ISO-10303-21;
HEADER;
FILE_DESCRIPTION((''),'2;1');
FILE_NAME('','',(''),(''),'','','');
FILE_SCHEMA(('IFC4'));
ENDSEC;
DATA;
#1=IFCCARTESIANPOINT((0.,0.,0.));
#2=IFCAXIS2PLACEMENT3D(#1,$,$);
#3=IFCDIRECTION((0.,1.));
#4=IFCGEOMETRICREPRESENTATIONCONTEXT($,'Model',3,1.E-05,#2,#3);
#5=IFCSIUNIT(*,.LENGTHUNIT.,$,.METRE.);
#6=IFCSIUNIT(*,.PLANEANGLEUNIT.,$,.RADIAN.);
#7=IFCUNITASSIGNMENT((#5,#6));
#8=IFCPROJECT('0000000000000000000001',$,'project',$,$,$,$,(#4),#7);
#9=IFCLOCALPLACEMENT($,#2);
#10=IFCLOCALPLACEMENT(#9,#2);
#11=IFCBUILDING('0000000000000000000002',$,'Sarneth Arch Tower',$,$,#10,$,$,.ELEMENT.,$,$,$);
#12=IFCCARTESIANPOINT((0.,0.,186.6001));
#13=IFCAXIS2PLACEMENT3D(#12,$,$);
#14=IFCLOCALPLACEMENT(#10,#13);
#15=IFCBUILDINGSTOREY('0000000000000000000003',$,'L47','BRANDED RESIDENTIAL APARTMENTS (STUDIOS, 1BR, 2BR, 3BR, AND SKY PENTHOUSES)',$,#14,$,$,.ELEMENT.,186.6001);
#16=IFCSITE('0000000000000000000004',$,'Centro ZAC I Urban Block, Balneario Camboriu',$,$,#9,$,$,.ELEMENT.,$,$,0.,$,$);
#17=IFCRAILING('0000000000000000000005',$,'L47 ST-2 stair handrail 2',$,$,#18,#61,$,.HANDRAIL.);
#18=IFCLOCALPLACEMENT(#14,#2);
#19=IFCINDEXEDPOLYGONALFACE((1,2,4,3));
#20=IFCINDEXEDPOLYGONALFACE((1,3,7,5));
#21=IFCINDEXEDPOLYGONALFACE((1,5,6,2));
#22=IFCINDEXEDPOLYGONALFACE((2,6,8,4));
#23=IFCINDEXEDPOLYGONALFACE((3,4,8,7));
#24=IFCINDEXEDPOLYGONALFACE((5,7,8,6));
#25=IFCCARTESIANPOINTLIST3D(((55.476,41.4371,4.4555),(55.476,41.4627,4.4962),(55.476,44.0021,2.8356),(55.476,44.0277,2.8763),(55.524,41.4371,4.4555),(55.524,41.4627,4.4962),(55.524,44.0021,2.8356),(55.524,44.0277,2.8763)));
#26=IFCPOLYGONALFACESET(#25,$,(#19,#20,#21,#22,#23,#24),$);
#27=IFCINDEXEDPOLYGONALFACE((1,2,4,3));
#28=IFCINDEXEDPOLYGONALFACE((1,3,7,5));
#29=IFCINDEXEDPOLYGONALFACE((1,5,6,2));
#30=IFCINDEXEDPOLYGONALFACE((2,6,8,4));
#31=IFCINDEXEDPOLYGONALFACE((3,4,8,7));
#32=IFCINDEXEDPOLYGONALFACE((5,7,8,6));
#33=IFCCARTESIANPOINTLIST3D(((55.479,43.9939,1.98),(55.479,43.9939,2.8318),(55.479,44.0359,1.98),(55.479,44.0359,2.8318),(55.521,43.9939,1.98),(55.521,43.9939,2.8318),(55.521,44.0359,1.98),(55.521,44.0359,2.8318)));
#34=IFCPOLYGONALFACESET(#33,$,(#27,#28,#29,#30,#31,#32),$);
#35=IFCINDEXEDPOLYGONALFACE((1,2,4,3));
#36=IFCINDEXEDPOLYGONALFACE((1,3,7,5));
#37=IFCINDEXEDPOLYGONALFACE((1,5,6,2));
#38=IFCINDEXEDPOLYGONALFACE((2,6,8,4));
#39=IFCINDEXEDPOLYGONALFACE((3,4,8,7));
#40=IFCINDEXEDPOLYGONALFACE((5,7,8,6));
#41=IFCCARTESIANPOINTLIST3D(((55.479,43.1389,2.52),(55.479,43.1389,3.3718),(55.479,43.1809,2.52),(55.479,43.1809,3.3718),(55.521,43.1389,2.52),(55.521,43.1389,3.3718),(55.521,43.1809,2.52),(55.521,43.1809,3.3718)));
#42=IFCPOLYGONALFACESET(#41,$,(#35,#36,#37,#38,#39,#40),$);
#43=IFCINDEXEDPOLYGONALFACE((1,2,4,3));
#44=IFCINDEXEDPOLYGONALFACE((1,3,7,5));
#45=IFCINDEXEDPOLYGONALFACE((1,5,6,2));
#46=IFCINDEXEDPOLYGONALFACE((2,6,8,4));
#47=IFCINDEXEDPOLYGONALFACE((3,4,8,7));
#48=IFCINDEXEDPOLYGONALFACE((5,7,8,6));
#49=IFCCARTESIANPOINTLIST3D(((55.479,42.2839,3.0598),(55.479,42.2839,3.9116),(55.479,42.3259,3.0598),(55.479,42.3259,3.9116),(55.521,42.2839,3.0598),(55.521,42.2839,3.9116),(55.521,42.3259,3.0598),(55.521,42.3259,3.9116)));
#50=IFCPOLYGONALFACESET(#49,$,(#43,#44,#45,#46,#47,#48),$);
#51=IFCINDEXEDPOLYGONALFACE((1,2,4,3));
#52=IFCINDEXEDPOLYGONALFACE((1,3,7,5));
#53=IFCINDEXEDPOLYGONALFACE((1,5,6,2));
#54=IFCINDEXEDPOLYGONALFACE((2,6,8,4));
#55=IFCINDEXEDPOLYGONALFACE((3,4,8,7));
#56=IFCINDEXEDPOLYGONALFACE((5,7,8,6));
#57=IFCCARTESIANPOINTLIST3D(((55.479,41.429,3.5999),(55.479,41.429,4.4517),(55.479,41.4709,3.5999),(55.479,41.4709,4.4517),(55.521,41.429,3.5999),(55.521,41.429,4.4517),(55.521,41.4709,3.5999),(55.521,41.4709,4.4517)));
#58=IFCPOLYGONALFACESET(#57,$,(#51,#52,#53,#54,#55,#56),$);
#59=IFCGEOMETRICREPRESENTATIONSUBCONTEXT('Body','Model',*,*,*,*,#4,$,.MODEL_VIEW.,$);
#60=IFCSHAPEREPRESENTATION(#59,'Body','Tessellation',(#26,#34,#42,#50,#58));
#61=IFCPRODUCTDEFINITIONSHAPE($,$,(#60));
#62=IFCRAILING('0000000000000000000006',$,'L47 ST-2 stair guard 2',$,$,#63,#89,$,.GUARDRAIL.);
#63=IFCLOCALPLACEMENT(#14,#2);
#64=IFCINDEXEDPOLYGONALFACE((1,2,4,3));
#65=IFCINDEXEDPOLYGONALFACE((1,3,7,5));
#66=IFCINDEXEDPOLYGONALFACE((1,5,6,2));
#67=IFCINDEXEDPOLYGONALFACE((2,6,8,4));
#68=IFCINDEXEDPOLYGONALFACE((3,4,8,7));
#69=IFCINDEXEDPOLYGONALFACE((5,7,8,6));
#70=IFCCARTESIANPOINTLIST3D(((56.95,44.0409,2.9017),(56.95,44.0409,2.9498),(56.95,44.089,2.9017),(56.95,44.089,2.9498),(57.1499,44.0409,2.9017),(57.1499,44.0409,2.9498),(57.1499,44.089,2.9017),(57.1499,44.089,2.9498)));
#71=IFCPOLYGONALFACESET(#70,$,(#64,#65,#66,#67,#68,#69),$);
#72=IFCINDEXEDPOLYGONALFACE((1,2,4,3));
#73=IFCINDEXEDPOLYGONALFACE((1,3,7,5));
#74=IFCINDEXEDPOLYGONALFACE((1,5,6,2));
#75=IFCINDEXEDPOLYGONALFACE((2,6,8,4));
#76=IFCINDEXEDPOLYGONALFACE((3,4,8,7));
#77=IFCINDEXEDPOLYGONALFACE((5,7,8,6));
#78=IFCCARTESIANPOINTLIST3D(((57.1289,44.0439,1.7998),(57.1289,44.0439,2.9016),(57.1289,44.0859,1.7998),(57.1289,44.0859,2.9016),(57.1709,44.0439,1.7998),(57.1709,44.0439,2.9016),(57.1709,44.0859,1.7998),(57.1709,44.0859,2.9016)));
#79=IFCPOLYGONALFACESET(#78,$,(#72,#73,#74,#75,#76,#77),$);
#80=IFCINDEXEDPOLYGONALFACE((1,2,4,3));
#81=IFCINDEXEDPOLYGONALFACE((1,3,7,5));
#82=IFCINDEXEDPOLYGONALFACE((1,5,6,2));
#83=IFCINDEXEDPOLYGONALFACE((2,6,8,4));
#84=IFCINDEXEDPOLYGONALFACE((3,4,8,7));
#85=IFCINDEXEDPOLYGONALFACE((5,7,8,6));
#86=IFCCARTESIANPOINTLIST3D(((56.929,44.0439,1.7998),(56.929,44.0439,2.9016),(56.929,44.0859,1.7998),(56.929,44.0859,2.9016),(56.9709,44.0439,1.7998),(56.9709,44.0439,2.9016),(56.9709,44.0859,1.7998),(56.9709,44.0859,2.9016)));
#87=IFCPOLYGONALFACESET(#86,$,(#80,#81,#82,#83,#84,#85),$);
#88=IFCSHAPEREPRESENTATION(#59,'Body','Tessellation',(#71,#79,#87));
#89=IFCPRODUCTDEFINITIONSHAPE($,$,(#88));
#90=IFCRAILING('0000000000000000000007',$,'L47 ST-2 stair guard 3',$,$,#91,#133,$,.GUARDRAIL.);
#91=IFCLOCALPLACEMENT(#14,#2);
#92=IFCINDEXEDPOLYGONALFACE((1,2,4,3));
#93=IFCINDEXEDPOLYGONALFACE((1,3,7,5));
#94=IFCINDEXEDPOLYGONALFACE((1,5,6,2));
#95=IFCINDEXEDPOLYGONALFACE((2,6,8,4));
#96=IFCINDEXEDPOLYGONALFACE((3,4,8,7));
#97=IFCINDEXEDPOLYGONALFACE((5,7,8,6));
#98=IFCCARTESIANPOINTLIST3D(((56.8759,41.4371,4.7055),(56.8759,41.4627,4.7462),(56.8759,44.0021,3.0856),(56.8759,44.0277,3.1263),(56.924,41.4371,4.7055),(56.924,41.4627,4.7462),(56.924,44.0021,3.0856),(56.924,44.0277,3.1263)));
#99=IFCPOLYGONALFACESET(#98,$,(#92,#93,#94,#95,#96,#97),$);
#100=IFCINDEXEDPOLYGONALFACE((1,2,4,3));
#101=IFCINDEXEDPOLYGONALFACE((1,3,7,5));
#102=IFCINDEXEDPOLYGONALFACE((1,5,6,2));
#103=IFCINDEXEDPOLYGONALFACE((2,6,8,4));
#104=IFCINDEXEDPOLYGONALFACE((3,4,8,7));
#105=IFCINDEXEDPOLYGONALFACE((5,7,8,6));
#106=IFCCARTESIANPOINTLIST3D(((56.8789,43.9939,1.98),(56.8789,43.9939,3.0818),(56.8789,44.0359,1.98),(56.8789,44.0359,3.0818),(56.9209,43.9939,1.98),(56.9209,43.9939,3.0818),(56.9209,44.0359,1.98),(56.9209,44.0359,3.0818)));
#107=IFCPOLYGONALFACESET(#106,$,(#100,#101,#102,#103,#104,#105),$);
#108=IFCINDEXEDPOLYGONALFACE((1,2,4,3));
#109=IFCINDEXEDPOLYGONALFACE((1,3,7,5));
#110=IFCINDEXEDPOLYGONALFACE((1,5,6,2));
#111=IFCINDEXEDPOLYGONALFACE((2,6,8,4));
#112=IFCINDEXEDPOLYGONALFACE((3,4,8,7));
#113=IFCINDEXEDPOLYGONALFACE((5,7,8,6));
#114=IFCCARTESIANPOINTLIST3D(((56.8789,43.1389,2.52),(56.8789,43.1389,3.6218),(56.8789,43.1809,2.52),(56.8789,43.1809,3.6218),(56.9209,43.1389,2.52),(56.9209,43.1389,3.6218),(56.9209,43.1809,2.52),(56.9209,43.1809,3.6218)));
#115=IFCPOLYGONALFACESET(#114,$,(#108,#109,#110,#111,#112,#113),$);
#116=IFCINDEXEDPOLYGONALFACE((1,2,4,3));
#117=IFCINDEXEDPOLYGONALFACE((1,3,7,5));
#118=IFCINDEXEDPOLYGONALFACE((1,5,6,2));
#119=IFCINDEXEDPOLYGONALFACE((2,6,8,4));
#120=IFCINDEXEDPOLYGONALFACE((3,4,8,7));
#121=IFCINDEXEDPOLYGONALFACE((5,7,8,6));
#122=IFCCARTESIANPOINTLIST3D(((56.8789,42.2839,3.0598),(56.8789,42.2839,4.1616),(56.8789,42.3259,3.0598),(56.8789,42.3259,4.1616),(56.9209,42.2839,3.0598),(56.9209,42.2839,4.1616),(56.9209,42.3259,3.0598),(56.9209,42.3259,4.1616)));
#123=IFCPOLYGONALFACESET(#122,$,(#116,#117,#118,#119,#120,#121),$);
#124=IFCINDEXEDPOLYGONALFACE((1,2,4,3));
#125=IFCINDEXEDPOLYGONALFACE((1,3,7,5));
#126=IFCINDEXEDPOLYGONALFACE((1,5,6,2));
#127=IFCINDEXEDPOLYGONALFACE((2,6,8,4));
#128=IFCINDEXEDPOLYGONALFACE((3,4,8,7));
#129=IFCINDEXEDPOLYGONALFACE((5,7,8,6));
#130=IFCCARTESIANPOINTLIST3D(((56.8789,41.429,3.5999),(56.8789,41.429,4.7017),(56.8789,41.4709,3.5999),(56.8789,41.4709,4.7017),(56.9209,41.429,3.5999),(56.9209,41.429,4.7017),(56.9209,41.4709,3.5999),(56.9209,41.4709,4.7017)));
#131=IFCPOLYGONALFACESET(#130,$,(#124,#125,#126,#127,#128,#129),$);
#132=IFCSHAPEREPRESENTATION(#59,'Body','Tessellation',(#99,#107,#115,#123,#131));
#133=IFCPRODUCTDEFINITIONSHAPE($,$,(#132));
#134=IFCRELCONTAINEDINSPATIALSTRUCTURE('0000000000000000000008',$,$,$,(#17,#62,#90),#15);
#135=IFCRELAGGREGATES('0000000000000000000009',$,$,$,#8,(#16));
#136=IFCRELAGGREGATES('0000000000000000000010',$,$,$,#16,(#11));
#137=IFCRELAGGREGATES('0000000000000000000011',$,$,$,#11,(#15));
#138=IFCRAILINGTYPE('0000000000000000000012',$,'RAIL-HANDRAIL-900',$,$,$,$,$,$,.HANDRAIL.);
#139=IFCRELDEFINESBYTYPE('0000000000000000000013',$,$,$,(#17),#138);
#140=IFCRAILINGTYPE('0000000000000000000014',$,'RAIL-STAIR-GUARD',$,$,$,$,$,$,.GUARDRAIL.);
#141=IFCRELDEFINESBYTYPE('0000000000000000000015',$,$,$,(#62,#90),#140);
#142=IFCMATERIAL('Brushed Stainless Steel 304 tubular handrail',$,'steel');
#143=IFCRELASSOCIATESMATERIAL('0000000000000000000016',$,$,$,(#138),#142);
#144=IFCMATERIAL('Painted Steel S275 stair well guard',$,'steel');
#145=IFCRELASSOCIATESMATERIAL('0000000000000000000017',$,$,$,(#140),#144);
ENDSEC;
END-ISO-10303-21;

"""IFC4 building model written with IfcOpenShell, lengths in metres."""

from ifc_helpers import new_model, si_unit, direction, frame, origin, origin_2d, place, context, subcontext, project, spatial, rectangle, extrude, material, type_object, element, save


model = new_model("IFC4")

# Units and contexts
model_context = context("Model", 3, precision=1e-05, world=origin(), true_north=direction((0.0, 1.0)))
body_context = subcontext(model_context, "Body", "Model", "MODEL_VIEW")
ifc_project = project(units=[si_unit("LENGTHUNIT", "METRE"), si_unit("PLANEANGLEUNIT", "RADIAN")], contexts=[model_context])

# Site, building, storey
site_placement = place(None, origin())
site = spatial("IfcSite", under=ifc_project, at=site_placement, Name="Centro ZAC I Urban Block, Balneario Camboriu", CompositionType="ELEMENT", RefElevation=0.0)
building_placement = place(site_placement, origin())
building = spatial("IfcBuilding", under=site, at=building_placement, Name="Sarneth Arch Tower", CompositionType="ELEMENT")
storey_placement = place(building_placement, frame((0.0, 0.0, 186.6001)))
storey = spatial("IfcBuildingStorey", under=building, at=storey_placement, Name="L47", Description="BRANDED RESIDENTIAL APARTMENTS (STUDIOS, 1BR, 2BR, 3BR, AND SKY PENTHOUSES)", CompositionType="ELEMENT", Elevation=186.6001)

# Railings
ifc_material_1 = material(Name="Brushed Stainless Steel 304 tubular handrail", Category="steel")
railing_type_1 = type_object("IfcRailingType", Name="RAIL-HANDRAIL-900", PredefinedType="HANDRAIL", material=ifc_material_1)
railing_1_placement = place(storey_placement, frame((55.5, 44.0149, 1.98)))
element("IfcRailing", 1, at=railing_1_placement, inside=storey, type_object=railing_type_1, Name="L47 ST-2 stair handrail 2", PredefinedType="HANDRAIL", context=body_context, shape_type="SweptSolid", body=[
    extrude(rectangle(XDim=0.0481, YDim=0.0481, at=origin_2d()), frame((0.0, 0.0, 0.876), z_axis=(0.0, -0.845502, 0.533972), x_axis=(1.0, 0.0, 0.0)), (0.0, 0.0, 1.0), 3.0337),
    extrude(rectangle(XDim=0.042, YDim=0.042, at=origin_2d()), origin(), (0.0, 0.0, 1.0), 0.8518),
    extrude(rectangle(XDim=0.042, YDim=0.042, at=origin_2d()), frame((0.0, -0.855, 0.54)), (0.0, 0.0, 1.0), 0.8518),
    extrude(rectangle(XDim=0.042, YDim=0.042, at=origin_2d()), frame((0.0, -1.71, 1.0798)), (0.0, 0.0, 1.0), 0.8518),
    extrude(rectangle(XDim=0.042, YDim=0.042, at=origin_2d()), frame((0.0, -2.5649, 1.6199)), (0.0, 0.0, 1.0), 0.8518),
])
ifc_material_2 = material(Name="Painted Steel S275 stair well guard", Category="steel")
railing_type_2 = type_object("IfcRailingType", Name="RAIL-STAIR-GUARD", PredefinedType="GUARDRAIL", material=ifc_material_2)
railing_2_placement = place(storey_placement, frame((57.1499, 44.0649, 1.7998)))
element("IfcRailing", 2, at=railing_2_placement, inside=storey, type_object=railing_type_2, Name="L47 ST-2 stair guard 2", PredefinedType="GUARDRAIL", context=body_context, shape_type="SweptSolid", body=[
    extrude(rectangle(XDim=0.0481, YDim=0.0481, at=origin_2d()), frame((0.0, 0.0, 1.126), z_axis=(-1.0, 0.0, 0.0), x_axis=(0.0, -1.0, 0.0)), (0.0, 0.0, 1.0), 0.2),
    extrude(rectangle(XDim=0.042, YDim=0.042, at=origin_2d()), origin(), (0.0, 0.0, 1.0), 1.1018),
    extrude(rectangle(XDim=0.042, YDim=0.042, at=origin_2d()), frame((-0.2, 0.0, 0.0)), (0.0, 0.0, 1.0), 1.1018),
])
railing_3_placement = place(storey_placement, frame((56.8999, 44.0149, 1.98)))
element("IfcRailing", 3, at=railing_3_placement, inside=storey, type_object=railing_type_2, Name="L47 ST-2 stair guard 3", PredefinedType="GUARDRAIL", context=body_context, shape_type="SweptSolid", body=[
    extrude(rectangle(XDim=0.0481, YDim=0.0481, at=origin_2d()), frame((0.0, 0.0, 1.126), z_axis=(0.0, -0.845502, 0.533972), x_axis=(1.0, 0.0, 0.0)), (0.0, 0.0, 1.0), 3.0337),
    extrude(rectangle(XDim=0.042, YDim=0.042, at=origin_2d()), origin(), (0.0, 0.0, 1.0), 1.1018),
    extrude(rectangle(XDim=0.042, YDim=0.042, at=origin_2d()), frame((0.0, -0.855, 0.54)), (0.0, 0.0, 1.0), 1.1018),
    extrude(rectangle(XDim=0.042, YDim=0.042, at=origin_2d()), frame((0.0, -1.71, 1.0798)), (0.0, 0.0, 1.0), 1.1018),
    extrude(rectangle(XDim=0.042, YDim=0.042, at=origin_2d()), frame((0.0, -2.5649, 1.6199)), (0.0, 0.0, 1.0), 1.1018),
])

save(model, "model.ifc")
